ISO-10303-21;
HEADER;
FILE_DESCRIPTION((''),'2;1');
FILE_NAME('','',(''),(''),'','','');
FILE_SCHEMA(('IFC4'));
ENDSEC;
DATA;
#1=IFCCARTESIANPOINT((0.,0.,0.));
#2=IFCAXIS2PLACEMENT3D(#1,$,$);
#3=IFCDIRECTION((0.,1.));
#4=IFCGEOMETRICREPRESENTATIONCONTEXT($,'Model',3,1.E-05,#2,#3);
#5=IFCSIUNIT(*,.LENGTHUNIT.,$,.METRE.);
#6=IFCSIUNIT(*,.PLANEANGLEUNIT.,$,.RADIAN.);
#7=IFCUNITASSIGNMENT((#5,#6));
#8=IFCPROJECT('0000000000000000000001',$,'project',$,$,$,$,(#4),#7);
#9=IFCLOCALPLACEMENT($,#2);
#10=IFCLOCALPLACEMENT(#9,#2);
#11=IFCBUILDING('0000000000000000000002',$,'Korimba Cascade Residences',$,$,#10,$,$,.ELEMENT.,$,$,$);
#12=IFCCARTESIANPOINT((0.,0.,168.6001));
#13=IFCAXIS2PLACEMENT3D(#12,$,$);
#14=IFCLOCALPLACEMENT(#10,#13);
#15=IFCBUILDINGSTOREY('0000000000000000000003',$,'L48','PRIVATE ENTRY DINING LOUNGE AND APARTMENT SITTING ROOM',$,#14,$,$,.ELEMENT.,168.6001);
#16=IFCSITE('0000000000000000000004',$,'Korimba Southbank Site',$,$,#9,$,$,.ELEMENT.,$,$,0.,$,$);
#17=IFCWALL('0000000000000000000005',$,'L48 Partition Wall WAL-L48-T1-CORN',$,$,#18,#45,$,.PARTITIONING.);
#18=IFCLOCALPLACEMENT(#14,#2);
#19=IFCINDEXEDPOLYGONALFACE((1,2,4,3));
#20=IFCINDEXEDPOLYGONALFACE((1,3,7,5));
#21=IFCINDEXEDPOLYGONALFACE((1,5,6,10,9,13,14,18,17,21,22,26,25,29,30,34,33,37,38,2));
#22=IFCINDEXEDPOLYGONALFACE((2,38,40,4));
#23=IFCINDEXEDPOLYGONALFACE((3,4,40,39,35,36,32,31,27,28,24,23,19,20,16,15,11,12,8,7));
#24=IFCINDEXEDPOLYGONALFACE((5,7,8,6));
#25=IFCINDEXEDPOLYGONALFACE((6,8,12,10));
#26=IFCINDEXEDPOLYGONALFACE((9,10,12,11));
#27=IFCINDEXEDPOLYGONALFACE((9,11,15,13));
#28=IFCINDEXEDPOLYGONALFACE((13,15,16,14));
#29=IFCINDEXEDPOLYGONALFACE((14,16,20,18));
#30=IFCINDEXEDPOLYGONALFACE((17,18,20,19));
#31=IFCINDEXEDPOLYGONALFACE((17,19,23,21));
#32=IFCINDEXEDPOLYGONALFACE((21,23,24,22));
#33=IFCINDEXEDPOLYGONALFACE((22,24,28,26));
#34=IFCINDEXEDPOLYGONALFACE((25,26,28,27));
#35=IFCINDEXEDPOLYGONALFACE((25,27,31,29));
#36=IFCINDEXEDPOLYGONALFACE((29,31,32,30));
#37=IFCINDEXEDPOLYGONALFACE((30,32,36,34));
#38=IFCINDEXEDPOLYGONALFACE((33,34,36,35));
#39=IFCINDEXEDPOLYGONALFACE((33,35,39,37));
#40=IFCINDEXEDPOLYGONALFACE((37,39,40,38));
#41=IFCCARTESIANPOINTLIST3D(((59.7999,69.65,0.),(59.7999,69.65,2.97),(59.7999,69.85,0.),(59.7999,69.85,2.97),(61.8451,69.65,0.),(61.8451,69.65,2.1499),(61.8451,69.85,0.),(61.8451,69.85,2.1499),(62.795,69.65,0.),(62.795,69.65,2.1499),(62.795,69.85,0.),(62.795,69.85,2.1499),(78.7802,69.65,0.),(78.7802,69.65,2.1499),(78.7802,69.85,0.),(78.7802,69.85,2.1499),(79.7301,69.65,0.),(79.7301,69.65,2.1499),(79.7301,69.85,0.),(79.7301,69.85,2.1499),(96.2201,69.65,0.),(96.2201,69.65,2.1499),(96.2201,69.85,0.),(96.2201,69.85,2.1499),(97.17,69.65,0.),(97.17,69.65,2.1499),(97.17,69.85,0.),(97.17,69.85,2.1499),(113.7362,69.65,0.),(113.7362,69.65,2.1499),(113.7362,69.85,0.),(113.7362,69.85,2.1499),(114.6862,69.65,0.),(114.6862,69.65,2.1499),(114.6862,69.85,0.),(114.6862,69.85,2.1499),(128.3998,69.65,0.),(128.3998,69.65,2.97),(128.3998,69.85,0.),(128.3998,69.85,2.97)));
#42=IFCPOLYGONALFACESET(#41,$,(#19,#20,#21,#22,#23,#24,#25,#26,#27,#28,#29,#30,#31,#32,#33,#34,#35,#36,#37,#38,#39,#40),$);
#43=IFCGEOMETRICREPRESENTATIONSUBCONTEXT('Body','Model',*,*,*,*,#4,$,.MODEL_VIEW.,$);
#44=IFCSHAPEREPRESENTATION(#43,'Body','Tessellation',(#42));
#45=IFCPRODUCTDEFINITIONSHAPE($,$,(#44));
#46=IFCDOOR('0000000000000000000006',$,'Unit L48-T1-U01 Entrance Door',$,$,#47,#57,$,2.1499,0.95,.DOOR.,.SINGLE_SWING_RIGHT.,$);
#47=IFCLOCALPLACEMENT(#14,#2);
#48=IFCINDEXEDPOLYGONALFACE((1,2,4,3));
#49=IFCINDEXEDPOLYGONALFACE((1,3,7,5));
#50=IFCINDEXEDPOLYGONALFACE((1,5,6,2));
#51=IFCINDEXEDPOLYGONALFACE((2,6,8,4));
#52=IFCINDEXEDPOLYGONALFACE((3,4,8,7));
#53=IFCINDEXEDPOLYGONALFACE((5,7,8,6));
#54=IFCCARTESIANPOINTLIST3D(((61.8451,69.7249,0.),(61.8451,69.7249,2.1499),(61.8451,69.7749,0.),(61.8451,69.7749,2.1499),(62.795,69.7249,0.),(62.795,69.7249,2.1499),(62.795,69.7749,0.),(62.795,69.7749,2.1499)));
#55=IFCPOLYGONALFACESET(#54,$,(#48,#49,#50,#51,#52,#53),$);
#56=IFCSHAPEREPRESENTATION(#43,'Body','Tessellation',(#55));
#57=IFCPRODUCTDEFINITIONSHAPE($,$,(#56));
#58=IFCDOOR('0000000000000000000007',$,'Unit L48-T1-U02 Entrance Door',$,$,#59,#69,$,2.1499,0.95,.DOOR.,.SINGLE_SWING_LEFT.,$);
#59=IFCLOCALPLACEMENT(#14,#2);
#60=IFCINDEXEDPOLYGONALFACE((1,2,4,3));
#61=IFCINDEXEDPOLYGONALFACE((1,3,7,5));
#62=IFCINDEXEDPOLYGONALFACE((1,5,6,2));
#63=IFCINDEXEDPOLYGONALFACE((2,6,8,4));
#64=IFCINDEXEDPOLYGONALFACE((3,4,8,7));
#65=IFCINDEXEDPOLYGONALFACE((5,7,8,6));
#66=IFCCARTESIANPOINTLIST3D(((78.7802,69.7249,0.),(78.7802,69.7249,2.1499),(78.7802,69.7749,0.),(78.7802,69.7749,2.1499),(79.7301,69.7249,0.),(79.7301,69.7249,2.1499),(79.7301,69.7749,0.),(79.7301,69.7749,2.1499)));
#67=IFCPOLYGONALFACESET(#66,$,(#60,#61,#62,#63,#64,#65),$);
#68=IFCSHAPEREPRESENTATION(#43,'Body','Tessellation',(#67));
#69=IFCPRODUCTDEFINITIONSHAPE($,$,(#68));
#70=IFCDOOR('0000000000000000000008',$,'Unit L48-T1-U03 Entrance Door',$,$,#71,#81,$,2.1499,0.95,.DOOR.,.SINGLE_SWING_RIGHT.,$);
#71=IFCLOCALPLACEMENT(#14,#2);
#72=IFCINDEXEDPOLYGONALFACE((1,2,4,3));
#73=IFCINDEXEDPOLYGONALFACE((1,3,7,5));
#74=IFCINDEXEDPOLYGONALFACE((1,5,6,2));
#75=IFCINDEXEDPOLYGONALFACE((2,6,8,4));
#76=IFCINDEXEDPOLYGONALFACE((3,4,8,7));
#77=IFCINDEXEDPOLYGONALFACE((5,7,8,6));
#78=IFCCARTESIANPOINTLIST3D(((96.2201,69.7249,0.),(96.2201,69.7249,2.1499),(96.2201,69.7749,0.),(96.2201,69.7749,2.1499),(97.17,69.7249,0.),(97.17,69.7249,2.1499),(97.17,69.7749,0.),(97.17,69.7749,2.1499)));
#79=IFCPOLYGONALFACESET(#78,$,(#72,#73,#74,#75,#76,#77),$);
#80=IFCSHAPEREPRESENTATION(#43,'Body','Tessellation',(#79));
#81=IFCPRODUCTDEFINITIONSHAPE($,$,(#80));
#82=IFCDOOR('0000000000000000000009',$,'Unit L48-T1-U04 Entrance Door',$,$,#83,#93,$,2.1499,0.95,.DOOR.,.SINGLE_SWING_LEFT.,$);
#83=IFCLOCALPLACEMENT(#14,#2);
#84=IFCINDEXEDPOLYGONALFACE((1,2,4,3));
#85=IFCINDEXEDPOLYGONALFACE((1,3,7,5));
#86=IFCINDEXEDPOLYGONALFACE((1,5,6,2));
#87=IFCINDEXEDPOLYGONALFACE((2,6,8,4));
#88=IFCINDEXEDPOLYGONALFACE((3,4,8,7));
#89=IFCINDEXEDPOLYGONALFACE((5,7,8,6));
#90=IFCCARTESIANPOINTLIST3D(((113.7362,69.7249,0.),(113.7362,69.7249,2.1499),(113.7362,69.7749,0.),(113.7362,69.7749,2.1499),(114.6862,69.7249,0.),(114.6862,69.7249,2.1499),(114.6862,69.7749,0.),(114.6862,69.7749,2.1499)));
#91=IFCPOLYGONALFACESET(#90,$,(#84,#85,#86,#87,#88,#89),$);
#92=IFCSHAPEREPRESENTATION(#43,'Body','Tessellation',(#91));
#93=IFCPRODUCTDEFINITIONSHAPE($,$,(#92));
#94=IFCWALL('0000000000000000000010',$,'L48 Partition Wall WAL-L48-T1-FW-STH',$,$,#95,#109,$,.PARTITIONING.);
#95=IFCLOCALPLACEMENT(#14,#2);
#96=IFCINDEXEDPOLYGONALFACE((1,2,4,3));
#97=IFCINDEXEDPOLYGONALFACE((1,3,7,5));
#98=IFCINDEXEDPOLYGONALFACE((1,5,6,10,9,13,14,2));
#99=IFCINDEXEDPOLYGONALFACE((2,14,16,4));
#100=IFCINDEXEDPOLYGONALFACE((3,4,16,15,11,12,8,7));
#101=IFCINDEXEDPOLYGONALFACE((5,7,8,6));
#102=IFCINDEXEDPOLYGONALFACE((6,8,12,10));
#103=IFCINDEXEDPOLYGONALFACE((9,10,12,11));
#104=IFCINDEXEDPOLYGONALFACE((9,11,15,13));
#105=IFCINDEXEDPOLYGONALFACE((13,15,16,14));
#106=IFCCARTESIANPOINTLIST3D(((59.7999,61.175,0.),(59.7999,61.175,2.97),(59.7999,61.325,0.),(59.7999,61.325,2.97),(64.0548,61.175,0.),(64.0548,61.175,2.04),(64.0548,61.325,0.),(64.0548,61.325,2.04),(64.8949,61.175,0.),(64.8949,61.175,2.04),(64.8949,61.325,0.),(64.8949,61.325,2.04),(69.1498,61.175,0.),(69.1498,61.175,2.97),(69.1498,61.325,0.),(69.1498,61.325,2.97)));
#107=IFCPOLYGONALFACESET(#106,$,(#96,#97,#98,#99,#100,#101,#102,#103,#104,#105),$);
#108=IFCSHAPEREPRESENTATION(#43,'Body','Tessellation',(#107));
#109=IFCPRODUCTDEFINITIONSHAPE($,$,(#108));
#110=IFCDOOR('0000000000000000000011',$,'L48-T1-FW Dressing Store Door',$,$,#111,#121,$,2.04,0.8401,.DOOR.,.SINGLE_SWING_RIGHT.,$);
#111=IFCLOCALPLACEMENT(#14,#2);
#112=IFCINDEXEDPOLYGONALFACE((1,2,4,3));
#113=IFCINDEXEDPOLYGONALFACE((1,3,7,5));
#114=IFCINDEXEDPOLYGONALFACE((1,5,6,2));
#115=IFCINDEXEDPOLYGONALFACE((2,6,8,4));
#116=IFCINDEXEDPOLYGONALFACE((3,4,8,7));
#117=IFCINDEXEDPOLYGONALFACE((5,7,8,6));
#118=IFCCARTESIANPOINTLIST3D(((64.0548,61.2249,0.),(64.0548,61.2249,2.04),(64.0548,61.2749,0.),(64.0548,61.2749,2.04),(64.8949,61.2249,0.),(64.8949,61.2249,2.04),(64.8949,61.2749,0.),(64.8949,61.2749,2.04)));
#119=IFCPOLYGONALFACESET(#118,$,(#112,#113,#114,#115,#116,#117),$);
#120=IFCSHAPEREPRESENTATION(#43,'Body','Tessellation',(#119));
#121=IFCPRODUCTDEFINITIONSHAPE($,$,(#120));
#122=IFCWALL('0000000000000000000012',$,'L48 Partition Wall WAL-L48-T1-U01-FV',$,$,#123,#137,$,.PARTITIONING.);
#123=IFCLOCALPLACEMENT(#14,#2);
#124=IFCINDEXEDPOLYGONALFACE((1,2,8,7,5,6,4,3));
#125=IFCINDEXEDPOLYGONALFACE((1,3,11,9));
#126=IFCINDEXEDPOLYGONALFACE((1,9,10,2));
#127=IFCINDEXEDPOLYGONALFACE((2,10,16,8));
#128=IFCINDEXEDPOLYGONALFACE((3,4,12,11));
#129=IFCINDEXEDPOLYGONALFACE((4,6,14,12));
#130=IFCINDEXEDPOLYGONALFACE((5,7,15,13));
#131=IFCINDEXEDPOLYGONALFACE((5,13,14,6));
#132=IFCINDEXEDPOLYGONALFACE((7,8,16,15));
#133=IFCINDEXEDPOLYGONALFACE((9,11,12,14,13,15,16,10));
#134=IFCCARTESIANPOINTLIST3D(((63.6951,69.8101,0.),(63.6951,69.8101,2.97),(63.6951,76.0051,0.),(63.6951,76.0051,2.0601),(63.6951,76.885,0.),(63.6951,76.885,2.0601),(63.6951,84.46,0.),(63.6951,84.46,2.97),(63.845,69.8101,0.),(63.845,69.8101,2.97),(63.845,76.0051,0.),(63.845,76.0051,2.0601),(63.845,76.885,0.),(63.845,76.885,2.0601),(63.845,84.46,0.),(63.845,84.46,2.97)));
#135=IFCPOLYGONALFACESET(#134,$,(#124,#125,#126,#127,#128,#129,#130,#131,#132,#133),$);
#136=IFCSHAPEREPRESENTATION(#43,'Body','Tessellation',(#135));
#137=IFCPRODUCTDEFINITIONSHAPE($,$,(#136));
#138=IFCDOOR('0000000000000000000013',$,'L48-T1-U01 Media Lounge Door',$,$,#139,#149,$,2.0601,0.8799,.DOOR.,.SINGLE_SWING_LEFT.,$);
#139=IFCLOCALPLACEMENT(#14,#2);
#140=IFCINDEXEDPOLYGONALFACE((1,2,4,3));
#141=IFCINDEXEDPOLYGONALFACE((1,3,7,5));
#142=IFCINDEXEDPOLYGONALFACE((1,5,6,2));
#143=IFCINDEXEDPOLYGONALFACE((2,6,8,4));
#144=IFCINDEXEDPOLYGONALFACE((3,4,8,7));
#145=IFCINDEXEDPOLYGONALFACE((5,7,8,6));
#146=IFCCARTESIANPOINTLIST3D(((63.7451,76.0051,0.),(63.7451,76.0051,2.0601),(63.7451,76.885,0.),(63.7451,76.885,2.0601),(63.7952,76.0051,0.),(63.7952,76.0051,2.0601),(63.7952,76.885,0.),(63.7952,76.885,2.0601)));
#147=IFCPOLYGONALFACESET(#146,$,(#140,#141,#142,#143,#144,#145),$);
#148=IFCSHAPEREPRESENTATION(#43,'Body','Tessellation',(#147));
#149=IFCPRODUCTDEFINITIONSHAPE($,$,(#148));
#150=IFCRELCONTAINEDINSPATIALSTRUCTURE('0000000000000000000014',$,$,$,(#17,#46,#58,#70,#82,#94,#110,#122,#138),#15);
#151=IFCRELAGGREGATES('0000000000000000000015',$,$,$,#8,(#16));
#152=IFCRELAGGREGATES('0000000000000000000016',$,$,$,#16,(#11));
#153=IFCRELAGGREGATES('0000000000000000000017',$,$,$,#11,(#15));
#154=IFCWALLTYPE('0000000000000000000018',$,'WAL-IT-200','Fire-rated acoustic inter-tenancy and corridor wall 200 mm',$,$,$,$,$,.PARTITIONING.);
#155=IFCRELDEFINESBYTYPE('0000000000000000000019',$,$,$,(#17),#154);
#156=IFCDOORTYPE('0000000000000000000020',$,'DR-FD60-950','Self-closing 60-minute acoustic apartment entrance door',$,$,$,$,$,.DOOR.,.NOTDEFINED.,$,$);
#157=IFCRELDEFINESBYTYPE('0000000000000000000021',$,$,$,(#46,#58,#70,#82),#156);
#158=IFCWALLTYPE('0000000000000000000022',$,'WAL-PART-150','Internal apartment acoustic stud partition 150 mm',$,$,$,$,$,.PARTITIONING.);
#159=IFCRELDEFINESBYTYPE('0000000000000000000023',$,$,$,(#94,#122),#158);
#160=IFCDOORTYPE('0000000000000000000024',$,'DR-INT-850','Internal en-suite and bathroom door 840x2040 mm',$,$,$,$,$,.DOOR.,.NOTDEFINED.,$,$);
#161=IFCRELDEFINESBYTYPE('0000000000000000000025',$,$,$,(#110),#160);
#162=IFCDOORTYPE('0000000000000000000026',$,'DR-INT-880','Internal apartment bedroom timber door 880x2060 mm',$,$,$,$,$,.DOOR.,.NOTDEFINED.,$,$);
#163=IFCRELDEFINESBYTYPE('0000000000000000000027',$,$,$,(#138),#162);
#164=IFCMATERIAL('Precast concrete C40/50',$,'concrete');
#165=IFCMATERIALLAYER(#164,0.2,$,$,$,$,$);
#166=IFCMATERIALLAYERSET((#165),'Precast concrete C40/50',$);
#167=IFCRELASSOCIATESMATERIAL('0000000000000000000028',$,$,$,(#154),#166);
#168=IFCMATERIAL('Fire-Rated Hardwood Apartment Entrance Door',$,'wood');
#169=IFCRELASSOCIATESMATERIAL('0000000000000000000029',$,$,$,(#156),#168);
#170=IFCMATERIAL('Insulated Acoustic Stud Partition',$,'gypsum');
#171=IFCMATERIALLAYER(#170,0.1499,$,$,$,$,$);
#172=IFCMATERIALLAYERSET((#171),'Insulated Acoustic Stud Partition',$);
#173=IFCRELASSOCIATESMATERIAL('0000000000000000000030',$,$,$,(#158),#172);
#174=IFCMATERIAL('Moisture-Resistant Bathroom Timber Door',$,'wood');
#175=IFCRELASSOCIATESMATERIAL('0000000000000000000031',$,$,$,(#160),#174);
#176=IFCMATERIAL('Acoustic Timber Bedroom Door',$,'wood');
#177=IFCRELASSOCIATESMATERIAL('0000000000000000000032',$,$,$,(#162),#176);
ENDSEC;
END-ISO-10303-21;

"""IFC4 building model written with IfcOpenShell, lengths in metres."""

from ifc_helpers import new_model, si_unit, direction, frame, frame_2d, origin, place, context, subcontext, project, spatial, rectangle, extrude, material, layer, layer_set, type_object, element, fill, save


model = new_model("IFC4")

# Units and contexts
model_context = context("Model", 3, precision=1e-05, world=origin(), true_north=direction((0.0, 1.0)))
body_context = subcontext(model_context, "Body", "Model", "MODEL_VIEW")
ifc_project = project(units=[si_unit("LENGTHUNIT", "METRE"), si_unit("PLANEANGLEUNIT", "RADIAN")], contexts=[model_context])

# Site, building, storey
site_placement = place(None, origin())
site = spatial("IfcSite", under=ifc_project, at=site_placement, Name="Korimba Southbank Site", CompositionType="ELEMENT", RefElevation=0.0)
building_placement = place(site_placement, origin())
building = spatial("IfcBuilding", under=site, at=building_placement, Name="Korimba Cascade Residences", CompositionType="ELEMENT")
storey_placement = place(building_placement, frame((0.0, 0.0, 168.6001)))
storey = spatial("IfcBuildingStorey", under=building, at=storey_placement, Name="L48", Description="PRIVATE ENTRY DINING LOUNGE AND APARTMENT SITTING ROOM", CompositionType="ELEMENT", Elevation=168.6001)

# Shared definitions
ifc_material_1 = material(Name="Precast concrete C40/50", Category="concrete")

# Shared definitions
ifc_layer_1 = layer(ifc_material_1, 0.2)
ifc_layer_set_1 = layer_set([ifc_layer_1], Name="Precast concrete C40/50")
wall_type_1 = type_object("IfcWallType", Name="WAL-IT-200", Description="Fire-rated acoustic inter-tenancy and corridor wall 200 mm", PredefinedType="PARTITIONING", material=ifc_layer_set_1)
ifc_material_2 = material(Name="Fire-Rated Hardwood Apartment Entrance Door", Category="wood")
door_type_1 = type_object("IfcDoorType", Name="DR-FD60-950", Description="Self-closing 60-minute acoustic apartment entrance door", OperationType="NOTDEFINED", PredefinedType="DOOR", material=ifc_material_2)

# Wall, openings, doors
wall_1_placement = place(storey_placement, frame((59.8, 69.75, 0.0), z_axis=(0.0, 0.0, 1.0), x_axis=(1.0, 0.0, 0.0)))
wall_1 = element("IfcWall", 1, at=wall_1_placement, inside=storey, type_object=wall_type_1, Name="L48 Partition Wall WAL-L48-T1-CORN", PredefinedType="PARTITIONING", context=body_context, shape_type="SweptSolid", body=[
    extrude(rectangle(XDim=68.5999, YDim=0.2, at=frame_2d((34.2998, 0.0))), origin(), (0.0, 0.0, 1.0), 2.97),
])
opening_1_placement = place(wall_1_placement, frame((2.0449, 0.0, 0.0)))
opening_1 = element("IfcOpeningElement", 2, at=opening_1_placement, cuts=wall_1, PredefinedType="OPENING", context=body_context, shape_type="SweptSolid", body=[
    extrude(rectangle(XDim=0.95, YDim=2.1499, at=frame_2d((0.4751, 1.075))), frame((0.0, 0.1099, 0.0), z_axis=(0.0, -1.0, 0.0), x_axis=(1.0, 0.0, 0.0)), (0.0, 0.0, 1.0), 0.22),
])
opening_2_placement = place(wall_1_placement, frame((18.98, 0.0, 0.0)))
opening_2 = element("IfcOpeningElement", 3, at=opening_2_placement, cuts=wall_1, PredefinedType="OPENING", context=body_context, shape_type="SweptSolid", body=[
    extrude(rectangle(XDim=0.95, YDim=2.1499, at=frame_2d((0.4751, 1.075))), frame((0.0, 0.1099, 0.0), z_axis=(0.0, -1.0, 0.0), x_axis=(1.0, 0.0, 0.0)), (0.0, 0.0, 1.0), 0.22),
])
opening_3_placement = place(wall_1_placement, frame((36.4199, 0.0, 0.0)))
opening_3 = element("IfcOpeningElement", 4, at=opening_3_placement, cuts=wall_1, PredefinedType="OPENING", context=body_context, shape_type="SweptSolid", body=[
    extrude(rectangle(XDim=0.95, YDim=2.1499, at=frame_2d((0.4751, 1.075))), frame((0.0, 0.1099, 0.0), z_axis=(0.0, -1.0, 0.0), x_axis=(1.0, 0.0, 0.0)), (0.0, 0.0, 1.0), 0.22),
])
opening_4_placement = place(wall_1_placement, frame((53.936, 0.0, 0.0)))
opening_4 = element("IfcOpeningElement", 5, at=opening_4_placement, cuts=wall_1, PredefinedType="OPENING", context=body_context, shape_type="SweptSolid", body=[
    extrude(rectangle(XDim=0.95, YDim=2.1499, at=frame_2d((0.4751, 1.075))), frame((0.0, 0.1099, 0.0), z_axis=(0.0, -1.0, 0.0), x_axis=(1.0, 0.0, 0.0)), (0.0, 0.0, 1.0), 0.22),
])
door_1_placement = place(opening_1_placement, origin())
door_1 = element("IfcDoor", 6, at=door_1_placement, inside=storey, type_object=door_type_1, Name="Unit L48-T1-U01 Entrance Door", OperationType="SINGLE_SWING_RIGHT", OverallHeight=2.1499, OverallWidth=0.95, PredefinedType="DOOR", context=body_context, shape_type="SweptSolid", body=[
    extrude(rectangle(XDim=0.95, YDim=2.1499, at=frame_2d((0.4751, 1.075))), frame((0.0, 0.0249, 0.0), z_axis=(0.0, -1.0, 0.0), x_axis=(1.0, 0.0, 0.0)), (0.0, 0.0, 1.0), 0.05),
])
fill(opening_1, door_1)
door_2_placement = place(opening_2_placement, origin())
door_2 = element("IfcDoor", 7, at=door_2_placement, inside=storey, type_object=door_type_1, Name="Unit L48-T1-U02 Entrance Door", OperationType="SINGLE_SWING_LEFT", OverallHeight=2.1499, OverallWidth=0.95, PredefinedType="DOOR", context=body_context, shape_type="SweptSolid", body=[
    extrude(rectangle(XDim=0.95, YDim=2.1499, at=frame_2d((0.4751, 1.075))), frame((0.0, 0.0249, 0.0), z_axis=(0.0, -1.0, 0.0), x_axis=(1.0, 0.0, 0.0)), (0.0, 0.0, 1.0), 0.05),
])
fill(opening_2, door_2)
door_3_placement = place(opening_3_placement, origin())
door_3 = element("IfcDoor", 8, at=door_3_placement, inside=storey, type_object=door_type_1, Name="Unit L48-T1-U03 Entrance Door", OperationType="SINGLE_SWING_RIGHT", OverallHeight=2.1499, OverallWidth=0.95, PredefinedType="DOOR", context=body_context, shape_type="SweptSolid", body=[
    extrude(rectangle(XDim=0.95, YDim=2.1499, at=frame_2d((0.4751, 1.075))), frame((0.0, 0.0249, 0.0), z_axis=(0.0, -1.0, 0.0), x_axis=(1.0, 0.0, 0.0)), (0.0, 0.0, 1.0), 0.05),
])
fill(opening_3, door_3)
door_4_placement = place(opening_4_placement, origin())
door_4 = element("IfcDoor", 9, at=door_4_placement, inside=storey, type_object=door_type_1, Name="Unit L48-T1-U04 Entrance Door", OperationType="SINGLE_SWING_LEFT", OverallHeight=2.1499, OverallWidth=0.95, PredefinedType="DOOR", context=body_context, shape_type="SweptSolid", body=[
    extrude(rectangle(XDim=0.95, YDim=2.1499, at=frame_2d((0.4751, 1.075))), frame((0.0, 0.0249, 0.0), z_axis=(0.0, -1.0, 0.0), x_axis=(1.0, 0.0, 0.0)), (0.0, 0.0, 1.0), 0.05),
])
fill(opening_4, door_4)

# Walls, openings, doors
ifc_material_3 = material(Name="Insulated Acoustic Stud Partition", Category="gypsum")
ifc_layer_2 = layer(ifc_material_3, 0.1499)
ifc_layer_set_2 = layer_set([ifc_layer_2], Name="Insulated Acoustic Stud Partition")
wall_type_2 = type_object("IfcWallType", Name="WAL-PART-150", Description="Internal apartment acoustic stud partition 150 mm", PredefinedType="PARTITIONING", material=ifc_layer_set_2)
wall_2_placement = place(storey_placement, frame((59.8, 61.25, 0.0), z_axis=(0.0, 0.0, 1.0), x_axis=(1.0, 0.0, 0.0)))
wall_2 = element("IfcWall", 10, at=wall_2_placement, inside=storey, type_object=wall_type_2, Name="L48 Partition Wall WAL-L48-T1-FW-STH", PredefinedType="PARTITIONING", context=body_context, shape_type="SweptSolid", body=[
    extrude(rectangle(XDim=9.3499, YDim=0.1499, at=frame_2d((4.6748, 0.0))), origin(), (0.0, 0.0, 1.0), 2.97),
])
opening_5_placement = place(wall_2_placement, frame((4.2549, 0.0, 0.0)))
opening_5 = element("IfcOpeningElement", 11, at=opening_5_placement, cuts=wall_2, PredefinedType="OPENING", context=body_context, shape_type="SweptSolid", body=[
    extrude(rectangle(XDim=0.8401, YDim=2.04, at=frame_2d((0.4199, 1.02))), frame((0.0, 0.085, 0.0), z_axis=(0.0, -1.0, 0.0), x_axis=(1.0, 0.0, 0.0)), (0.0, 0.0, 1.0), 0.1699),
])
ifc_material_4 = material(Name="Moisture-Resistant Bathroom Timber Door", Category="wood")
door_type_2 = type_object("IfcDoorType", Name="DR-INT-850", Description="Internal en-suite and bathroom door 840x2040 mm", OperationType="NOTDEFINED", PredefinedType="DOOR", material=ifc_material_4)
door_5_placement = place(opening_5_placement, origin())
door_5 = element("IfcDoor", 12, at=door_5_placement, inside=storey, type_object=door_type_2, Name="L48-T1-FW Dressing Store Door", OperationType="SINGLE_SWING_RIGHT", OverallHeight=2.04, OverallWidth=0.8401, PredefinedType="DOOR", context=body_context, shape_type="SweptSolid", body=[
    extrude(rectangle(XDim=0.8401, YDim=2.04, at=frame_2d((0.4199, 1.02))), frame((0.0, 0.0249, 0.0), z_axis=(0.0, -1.0, 0.0), x_axis=(1.0, 0.0, 0.0)), (0.0, 0.0, 1.0), 0.05),
])
fill(opening_5, door_5)
wall_3_placement = place(storey_placement, frame((63.77, 69.8101, 0.0), z_axis=(0.0, 0.0, 1.0), x_axis=(0.0, 1.0, 0.0)))
wall_3 = element("IfcWall", 13, at=wall_3_placement, inside=storey, type_object=wall_type_2, Name="L48 Partition Wall WAL-L48-T1-U01-FV", PredefinedType="PARTITIONING", context=body_context, shape_type="SweptSolid", body=[
    extrude(rectangle(XDim=14.6499, YDim=0.1499, at=frame_2d((7.325, 0.0))), origin(), (0.0, 0.0, 1.0), 2.97),
])
opening_6_placement = place(wall_3_placement, frame((6.1951, 0.0, 0.0)))
opening_6 = element("IfcOpeningElement", 14, at=opening_6_placement, cuts=wall_3, PredefinedType="OPENING", context=body_context, shape_type="SweptSolid", body=[
    extrude(rectangle(XDim=0.8799, YDim=2.0601, at=frame_2d((0.4399, 1.03))), frame((0.0, 0.085, 0.0), z_axis=(0.0, -1.0, 0.0), x_axis=(1.0, 0.0, 0.0)), (0.0, 0.0, 1.0), 0.1699),
])
ifc_material_5 = material(Name="Acoustic Timber Bedroom Door", Category="wood")
door_type_3 = type_object("IfcDoorType", Name="DR-INT-880", Description="Internal apartment bedroom timber door 880x2060 mm", OperationType="NOTDEFINED", PredefinedType="DOOR", material=ifc_material_5)
door_6_placement = place(opening_6_placement, origin())
door_6 = element("IfcDoor", 15, at=door_6_placement, inside=storey, type_object=door_type_3, Name="L48-T1-U01 Media Lounge Door", OperationType="SINGLE_SWING_LEFT", OverallHeight=2.0601, OverallWidth=0.8799, PredefinedType="DOOR", context=body_context, shape_type="SweptSolid", body=[
    extrude(rectangle(XDim=0.8799, YDim=2.0601, at=frame_2d((0.4399, 1.03))), frame((0.0, 0.0249, 0.0), z_axis=(0.0, -1.0, 0.0), x_axis=(1.0, 0.0, 0.0)), (0.0, 0.0, 1.0), 0.05),
])
fill(opening_6, door_6)

save(model, "model.ifc")
